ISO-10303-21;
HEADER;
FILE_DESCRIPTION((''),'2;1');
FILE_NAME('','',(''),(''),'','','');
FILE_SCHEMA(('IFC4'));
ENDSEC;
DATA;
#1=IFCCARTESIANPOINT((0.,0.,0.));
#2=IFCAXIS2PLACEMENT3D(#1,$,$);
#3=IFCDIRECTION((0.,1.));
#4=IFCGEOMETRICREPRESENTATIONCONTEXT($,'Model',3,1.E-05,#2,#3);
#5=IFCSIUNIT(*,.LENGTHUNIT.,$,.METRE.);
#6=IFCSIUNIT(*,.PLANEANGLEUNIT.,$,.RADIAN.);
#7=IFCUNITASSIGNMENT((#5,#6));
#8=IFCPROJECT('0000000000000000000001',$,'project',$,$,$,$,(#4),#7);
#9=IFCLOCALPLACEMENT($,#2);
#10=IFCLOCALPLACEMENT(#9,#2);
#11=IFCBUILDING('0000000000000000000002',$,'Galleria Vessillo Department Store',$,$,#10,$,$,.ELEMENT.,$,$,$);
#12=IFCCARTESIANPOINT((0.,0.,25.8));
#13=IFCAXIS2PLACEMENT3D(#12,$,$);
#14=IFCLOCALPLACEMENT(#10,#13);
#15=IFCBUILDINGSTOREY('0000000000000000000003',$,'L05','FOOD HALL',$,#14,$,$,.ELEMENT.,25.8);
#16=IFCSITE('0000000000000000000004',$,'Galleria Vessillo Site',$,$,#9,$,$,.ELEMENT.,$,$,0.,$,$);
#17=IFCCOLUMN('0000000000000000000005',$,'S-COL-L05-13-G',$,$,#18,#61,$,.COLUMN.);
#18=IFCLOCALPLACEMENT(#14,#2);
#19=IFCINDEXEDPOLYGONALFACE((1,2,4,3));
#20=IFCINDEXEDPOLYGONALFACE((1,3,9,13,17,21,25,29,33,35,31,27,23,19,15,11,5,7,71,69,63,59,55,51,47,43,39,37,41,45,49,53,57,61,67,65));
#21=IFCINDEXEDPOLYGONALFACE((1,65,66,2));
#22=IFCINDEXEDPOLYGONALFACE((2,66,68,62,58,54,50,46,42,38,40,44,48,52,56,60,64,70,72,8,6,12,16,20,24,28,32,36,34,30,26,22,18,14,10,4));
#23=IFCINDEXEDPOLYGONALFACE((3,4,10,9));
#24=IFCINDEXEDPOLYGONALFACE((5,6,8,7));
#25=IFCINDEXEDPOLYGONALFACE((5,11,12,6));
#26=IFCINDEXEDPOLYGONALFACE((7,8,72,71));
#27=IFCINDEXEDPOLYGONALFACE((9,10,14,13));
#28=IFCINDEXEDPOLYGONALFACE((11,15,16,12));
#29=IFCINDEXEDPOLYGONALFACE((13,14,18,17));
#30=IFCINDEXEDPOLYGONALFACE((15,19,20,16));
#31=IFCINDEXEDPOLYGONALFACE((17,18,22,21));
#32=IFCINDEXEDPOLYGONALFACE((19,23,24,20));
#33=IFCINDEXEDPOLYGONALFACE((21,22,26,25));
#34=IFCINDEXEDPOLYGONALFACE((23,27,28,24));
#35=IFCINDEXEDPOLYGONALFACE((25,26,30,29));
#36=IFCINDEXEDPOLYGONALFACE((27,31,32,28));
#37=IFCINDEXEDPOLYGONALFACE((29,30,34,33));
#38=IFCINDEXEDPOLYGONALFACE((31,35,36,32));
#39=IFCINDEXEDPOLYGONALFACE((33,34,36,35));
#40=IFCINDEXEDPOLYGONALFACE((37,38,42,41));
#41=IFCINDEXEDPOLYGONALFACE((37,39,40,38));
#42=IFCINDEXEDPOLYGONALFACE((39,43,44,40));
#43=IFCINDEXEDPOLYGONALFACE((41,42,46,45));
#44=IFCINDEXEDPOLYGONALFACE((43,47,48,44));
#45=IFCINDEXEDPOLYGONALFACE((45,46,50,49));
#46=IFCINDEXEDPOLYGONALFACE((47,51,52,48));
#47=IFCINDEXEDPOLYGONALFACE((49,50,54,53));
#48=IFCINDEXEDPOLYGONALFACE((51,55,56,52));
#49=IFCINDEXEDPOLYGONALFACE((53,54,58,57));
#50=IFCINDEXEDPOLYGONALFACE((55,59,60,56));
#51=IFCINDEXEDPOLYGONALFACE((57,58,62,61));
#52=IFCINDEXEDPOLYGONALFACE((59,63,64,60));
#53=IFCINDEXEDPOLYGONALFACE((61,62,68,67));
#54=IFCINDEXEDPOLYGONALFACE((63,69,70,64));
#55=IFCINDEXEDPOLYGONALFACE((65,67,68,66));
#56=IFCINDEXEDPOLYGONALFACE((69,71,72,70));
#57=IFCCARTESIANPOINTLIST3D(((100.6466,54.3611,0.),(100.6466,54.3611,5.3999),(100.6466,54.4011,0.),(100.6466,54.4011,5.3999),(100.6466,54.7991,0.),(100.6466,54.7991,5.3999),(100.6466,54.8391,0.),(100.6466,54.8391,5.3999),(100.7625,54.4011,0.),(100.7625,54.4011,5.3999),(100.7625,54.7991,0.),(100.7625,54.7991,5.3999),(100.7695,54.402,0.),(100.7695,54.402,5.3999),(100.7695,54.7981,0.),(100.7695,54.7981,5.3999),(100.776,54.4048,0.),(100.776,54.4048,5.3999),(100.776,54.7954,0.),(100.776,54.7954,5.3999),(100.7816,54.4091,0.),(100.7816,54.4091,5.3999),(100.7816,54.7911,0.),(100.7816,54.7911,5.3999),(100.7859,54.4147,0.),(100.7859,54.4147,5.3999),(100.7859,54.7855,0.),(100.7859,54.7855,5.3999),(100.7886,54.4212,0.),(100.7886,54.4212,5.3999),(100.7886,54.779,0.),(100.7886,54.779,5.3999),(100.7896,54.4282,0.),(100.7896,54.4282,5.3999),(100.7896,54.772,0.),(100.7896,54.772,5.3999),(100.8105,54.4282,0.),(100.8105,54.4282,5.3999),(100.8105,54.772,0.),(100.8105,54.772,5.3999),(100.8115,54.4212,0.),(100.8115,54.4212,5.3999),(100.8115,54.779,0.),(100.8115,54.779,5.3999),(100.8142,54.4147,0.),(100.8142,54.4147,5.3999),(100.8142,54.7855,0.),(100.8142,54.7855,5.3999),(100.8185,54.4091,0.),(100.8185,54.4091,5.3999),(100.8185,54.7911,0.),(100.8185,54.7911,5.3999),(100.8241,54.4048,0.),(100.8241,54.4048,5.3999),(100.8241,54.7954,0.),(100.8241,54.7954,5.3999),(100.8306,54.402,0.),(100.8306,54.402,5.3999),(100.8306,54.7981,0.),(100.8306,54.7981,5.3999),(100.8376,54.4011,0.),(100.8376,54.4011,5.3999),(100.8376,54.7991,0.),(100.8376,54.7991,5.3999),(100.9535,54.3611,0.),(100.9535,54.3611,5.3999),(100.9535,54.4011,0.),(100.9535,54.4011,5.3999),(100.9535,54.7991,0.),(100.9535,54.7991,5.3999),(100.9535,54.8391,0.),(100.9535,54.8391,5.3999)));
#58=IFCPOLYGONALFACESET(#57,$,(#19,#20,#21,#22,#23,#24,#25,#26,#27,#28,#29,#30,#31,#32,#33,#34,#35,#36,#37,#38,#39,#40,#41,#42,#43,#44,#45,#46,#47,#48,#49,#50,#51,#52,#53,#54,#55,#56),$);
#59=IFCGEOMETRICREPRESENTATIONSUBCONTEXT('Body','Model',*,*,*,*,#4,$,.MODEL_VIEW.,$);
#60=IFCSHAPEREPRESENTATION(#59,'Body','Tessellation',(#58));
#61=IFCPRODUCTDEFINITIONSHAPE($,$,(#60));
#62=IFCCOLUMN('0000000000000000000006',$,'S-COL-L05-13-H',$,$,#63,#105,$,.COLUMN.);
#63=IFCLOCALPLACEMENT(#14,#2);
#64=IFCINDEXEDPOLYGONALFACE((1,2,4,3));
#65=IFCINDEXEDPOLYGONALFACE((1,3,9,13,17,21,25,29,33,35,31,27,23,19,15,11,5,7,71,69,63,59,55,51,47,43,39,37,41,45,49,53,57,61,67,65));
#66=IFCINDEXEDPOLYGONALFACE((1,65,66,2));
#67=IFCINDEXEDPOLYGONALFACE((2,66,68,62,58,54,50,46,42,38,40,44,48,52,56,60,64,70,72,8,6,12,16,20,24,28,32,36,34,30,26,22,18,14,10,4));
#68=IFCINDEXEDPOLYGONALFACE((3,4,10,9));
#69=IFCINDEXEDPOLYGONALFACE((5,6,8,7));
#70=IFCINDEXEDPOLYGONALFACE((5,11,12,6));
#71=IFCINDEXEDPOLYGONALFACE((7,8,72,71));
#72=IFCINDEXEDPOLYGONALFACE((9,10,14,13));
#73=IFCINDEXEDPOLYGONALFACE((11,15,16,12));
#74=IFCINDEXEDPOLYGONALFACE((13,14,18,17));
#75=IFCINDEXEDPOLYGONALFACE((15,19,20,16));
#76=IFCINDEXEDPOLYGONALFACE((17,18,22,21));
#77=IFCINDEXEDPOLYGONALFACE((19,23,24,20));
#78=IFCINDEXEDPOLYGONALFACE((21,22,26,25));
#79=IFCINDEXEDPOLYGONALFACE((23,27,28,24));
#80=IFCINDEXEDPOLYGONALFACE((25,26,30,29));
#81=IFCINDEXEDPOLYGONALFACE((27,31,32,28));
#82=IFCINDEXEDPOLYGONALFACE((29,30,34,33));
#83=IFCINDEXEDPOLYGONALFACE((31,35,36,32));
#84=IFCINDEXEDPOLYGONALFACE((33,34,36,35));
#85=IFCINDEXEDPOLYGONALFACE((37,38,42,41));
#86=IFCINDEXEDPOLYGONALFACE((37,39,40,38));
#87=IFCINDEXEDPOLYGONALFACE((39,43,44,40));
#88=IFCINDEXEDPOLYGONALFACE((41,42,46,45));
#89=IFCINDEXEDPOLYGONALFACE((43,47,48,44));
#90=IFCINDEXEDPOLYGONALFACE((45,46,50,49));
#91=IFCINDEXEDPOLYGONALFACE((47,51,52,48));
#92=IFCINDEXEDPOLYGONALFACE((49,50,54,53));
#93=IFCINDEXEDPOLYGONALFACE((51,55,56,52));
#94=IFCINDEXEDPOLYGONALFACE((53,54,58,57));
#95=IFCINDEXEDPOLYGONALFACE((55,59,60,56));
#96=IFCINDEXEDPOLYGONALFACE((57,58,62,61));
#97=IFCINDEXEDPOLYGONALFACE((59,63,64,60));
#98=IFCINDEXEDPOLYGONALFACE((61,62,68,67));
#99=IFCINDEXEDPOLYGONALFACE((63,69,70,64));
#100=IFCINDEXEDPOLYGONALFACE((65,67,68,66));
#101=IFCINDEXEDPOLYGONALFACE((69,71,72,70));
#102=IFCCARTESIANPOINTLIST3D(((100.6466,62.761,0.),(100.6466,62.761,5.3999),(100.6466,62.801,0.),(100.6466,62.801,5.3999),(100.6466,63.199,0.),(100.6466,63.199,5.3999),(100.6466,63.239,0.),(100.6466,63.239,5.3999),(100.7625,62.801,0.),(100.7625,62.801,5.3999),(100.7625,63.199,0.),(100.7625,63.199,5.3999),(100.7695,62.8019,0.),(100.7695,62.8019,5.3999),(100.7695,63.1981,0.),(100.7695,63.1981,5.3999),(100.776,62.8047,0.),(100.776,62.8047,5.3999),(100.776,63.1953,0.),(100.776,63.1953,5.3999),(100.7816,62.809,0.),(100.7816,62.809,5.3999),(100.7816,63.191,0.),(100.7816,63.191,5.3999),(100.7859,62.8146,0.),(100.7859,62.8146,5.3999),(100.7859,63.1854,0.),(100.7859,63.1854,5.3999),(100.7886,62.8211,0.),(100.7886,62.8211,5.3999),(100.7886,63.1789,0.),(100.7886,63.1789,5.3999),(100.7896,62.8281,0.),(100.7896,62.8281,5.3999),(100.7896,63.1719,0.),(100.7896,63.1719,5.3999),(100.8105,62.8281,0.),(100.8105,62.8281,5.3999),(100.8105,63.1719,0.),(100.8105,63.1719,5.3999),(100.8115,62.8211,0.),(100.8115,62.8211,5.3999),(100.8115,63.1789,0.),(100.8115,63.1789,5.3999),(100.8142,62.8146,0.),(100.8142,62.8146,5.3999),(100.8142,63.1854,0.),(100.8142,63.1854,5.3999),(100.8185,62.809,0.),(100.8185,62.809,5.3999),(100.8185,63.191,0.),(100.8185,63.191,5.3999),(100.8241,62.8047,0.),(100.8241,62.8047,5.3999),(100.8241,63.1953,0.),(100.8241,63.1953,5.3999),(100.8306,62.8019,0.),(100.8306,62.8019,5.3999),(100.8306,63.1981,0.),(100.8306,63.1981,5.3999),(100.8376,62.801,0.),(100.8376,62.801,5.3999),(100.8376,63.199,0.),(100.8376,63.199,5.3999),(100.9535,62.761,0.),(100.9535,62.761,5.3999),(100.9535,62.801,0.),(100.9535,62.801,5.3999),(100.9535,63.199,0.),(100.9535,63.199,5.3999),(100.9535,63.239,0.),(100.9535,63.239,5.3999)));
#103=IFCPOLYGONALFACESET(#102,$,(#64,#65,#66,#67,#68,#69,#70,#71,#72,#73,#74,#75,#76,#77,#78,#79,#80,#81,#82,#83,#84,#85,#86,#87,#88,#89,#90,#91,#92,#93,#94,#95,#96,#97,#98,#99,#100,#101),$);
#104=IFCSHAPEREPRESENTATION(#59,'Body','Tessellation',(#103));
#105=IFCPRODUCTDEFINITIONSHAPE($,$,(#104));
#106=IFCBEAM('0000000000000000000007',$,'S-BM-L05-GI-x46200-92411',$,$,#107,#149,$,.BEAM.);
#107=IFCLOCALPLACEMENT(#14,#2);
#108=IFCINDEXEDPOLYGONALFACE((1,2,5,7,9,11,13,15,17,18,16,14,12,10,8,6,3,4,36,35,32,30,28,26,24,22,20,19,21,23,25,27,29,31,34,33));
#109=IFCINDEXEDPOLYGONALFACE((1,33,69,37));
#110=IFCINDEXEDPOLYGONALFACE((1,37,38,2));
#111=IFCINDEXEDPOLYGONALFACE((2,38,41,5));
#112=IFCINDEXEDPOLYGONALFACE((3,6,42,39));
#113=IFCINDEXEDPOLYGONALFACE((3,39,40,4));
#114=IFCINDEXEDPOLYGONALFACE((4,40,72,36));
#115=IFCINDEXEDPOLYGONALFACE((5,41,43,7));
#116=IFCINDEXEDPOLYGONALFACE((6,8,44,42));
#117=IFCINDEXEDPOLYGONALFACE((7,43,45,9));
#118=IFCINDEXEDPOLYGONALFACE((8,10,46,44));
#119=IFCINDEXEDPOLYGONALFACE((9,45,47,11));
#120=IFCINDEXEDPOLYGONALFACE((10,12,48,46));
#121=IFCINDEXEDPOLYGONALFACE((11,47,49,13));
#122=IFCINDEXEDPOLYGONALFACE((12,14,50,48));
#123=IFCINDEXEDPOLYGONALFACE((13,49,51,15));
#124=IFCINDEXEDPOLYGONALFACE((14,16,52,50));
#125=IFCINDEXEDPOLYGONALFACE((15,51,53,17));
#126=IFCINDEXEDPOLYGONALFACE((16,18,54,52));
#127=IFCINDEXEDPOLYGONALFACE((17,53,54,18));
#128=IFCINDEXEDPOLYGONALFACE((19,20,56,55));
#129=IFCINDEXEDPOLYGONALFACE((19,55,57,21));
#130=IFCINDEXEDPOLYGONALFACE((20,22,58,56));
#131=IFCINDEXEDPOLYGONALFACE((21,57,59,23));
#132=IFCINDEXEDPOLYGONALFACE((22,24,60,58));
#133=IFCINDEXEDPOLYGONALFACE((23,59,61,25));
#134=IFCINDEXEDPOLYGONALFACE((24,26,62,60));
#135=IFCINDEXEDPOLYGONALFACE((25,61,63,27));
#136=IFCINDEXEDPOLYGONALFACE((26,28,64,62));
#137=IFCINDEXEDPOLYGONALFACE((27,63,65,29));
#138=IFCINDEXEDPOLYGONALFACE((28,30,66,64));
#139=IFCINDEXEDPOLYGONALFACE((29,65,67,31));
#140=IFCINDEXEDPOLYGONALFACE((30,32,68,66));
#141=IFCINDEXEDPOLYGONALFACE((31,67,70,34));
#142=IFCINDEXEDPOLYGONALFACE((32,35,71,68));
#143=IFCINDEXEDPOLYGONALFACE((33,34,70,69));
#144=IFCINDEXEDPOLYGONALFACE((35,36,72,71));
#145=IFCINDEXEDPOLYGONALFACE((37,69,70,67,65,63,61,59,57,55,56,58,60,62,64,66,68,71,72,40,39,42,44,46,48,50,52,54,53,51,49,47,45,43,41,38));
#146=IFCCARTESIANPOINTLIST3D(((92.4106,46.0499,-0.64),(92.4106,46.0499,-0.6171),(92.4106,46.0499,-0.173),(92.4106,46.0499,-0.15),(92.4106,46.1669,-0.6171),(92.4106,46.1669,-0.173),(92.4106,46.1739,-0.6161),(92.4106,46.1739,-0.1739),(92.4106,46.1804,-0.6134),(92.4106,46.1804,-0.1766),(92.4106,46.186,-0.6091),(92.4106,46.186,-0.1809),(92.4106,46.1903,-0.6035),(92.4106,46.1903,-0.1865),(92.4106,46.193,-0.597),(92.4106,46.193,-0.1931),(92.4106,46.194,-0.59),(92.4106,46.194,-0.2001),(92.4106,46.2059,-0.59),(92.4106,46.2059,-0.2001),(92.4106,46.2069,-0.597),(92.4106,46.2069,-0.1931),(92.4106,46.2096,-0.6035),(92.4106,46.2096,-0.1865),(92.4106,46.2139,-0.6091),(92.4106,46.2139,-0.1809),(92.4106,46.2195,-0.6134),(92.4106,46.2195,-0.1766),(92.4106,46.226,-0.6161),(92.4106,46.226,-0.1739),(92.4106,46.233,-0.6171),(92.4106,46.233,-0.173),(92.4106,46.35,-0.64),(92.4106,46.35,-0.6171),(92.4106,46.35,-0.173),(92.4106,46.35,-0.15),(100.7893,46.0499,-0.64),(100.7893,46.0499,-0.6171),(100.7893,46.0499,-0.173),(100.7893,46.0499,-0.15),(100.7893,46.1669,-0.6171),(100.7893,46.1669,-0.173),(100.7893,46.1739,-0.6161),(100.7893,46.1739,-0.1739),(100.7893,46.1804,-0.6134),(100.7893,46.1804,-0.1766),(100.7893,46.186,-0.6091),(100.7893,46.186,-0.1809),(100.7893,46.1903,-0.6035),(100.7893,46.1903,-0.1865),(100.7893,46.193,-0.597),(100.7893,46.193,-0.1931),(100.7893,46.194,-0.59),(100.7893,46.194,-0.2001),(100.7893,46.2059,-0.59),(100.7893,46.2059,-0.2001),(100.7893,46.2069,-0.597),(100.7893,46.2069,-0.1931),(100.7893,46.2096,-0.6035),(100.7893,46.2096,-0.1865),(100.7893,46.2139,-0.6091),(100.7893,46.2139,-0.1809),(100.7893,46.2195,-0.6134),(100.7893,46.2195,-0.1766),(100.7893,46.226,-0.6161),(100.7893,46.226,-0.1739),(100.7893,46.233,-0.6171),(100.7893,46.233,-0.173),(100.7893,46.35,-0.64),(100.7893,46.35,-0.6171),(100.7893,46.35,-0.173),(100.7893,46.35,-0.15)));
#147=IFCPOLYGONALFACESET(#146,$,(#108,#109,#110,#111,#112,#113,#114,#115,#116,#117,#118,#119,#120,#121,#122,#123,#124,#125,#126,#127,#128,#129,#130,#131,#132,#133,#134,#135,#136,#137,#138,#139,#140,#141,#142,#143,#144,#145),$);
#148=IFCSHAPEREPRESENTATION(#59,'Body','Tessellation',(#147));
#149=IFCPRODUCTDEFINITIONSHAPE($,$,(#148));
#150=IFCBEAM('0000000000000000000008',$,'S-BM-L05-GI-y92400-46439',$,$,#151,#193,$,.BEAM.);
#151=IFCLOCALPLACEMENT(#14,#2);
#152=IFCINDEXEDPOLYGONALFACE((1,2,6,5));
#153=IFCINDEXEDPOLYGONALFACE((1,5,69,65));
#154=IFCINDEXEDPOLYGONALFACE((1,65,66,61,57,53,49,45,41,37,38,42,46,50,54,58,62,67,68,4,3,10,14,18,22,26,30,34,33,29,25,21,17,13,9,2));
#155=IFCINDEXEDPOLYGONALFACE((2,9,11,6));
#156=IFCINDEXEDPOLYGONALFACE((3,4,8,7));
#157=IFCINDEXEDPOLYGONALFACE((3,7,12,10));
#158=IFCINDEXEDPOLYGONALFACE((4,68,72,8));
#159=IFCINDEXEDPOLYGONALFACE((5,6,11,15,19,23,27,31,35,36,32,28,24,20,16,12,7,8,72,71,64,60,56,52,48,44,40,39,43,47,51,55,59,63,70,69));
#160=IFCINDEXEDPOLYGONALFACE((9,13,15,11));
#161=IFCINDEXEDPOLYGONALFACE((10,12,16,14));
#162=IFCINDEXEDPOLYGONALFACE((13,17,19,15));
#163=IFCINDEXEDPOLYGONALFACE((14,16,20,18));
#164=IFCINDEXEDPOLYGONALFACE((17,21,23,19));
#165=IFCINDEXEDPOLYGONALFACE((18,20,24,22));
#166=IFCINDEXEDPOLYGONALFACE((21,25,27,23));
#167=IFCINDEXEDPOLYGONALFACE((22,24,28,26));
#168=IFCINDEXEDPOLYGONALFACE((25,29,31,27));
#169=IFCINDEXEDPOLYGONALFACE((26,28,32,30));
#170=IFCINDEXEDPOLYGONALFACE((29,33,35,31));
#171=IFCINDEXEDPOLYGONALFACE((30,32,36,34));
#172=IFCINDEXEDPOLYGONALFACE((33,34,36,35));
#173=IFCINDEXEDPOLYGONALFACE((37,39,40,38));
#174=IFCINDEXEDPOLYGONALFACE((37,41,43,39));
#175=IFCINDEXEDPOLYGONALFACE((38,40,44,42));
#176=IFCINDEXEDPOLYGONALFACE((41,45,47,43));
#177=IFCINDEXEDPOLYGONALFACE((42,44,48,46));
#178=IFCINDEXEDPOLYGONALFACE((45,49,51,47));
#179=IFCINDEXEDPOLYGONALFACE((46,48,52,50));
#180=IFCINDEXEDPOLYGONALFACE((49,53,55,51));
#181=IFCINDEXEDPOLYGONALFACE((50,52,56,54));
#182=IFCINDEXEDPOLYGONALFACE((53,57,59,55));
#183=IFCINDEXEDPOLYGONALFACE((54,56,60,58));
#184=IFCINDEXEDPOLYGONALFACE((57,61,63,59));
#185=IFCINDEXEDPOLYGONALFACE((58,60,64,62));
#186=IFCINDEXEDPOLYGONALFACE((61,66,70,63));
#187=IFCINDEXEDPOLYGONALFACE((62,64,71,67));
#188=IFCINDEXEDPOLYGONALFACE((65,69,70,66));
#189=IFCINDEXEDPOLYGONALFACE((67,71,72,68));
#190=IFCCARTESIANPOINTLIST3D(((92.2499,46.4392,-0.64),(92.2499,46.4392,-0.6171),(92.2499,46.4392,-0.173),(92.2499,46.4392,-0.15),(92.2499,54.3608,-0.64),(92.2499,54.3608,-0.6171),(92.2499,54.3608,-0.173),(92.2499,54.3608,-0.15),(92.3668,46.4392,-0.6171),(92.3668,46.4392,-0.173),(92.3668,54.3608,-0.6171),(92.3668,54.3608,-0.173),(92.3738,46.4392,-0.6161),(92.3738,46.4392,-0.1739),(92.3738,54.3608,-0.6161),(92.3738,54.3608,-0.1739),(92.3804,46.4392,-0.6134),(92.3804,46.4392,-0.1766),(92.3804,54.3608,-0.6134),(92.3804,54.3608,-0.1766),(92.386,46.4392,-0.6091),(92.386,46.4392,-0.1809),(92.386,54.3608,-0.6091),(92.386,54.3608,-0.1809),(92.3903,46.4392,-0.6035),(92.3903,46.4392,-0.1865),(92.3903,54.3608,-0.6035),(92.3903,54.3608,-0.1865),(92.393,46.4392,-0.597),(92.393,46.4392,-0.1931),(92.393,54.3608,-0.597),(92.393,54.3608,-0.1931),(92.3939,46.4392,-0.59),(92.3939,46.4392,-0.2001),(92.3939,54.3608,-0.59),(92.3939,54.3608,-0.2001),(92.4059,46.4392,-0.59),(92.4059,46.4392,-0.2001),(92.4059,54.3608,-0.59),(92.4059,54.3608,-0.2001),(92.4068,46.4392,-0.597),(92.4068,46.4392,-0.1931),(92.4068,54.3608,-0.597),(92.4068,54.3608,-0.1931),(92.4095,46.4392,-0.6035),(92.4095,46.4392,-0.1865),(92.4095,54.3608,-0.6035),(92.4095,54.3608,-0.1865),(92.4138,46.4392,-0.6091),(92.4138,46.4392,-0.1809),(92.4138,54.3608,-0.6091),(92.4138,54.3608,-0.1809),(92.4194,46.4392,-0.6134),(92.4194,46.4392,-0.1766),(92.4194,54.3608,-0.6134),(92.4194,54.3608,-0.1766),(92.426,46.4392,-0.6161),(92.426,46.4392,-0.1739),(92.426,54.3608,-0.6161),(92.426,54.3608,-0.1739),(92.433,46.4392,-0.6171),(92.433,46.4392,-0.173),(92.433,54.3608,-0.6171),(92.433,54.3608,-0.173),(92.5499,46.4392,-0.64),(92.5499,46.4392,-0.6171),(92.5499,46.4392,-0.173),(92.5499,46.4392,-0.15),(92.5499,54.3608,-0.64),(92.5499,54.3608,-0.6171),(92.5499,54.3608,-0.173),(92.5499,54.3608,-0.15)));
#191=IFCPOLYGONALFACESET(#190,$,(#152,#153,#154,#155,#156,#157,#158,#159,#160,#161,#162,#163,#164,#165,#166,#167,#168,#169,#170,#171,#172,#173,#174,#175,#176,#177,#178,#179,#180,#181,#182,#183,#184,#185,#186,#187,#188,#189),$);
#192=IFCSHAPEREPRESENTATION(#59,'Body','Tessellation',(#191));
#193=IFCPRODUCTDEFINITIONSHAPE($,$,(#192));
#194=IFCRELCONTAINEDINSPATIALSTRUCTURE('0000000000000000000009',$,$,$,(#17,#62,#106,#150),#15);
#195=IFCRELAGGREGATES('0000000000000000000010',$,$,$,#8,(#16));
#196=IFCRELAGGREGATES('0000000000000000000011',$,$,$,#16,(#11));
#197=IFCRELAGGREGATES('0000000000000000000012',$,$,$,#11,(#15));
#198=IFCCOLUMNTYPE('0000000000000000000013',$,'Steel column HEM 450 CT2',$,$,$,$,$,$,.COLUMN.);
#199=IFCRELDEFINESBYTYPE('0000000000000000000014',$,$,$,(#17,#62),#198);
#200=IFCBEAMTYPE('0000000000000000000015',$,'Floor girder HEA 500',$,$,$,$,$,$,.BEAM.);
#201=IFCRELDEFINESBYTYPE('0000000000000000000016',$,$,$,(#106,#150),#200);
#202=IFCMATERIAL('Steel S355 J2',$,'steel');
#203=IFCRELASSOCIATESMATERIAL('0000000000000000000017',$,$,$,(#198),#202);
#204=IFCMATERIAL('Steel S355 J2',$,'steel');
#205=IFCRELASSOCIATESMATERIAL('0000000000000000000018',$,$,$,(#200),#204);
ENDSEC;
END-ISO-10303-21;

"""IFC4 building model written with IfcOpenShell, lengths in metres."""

from ifc_helpers import new_model, si_unit, direction, frame, origin, origin_2d, place, context, subcontext, project, spatial, i_section, extrude, material, material_profile, profile_set, type_object, element, save


model = new_model("IFC4")

# Units and contexts
model_context = context("Model", 3, precision=1e-05, world=origin(), true_north=direction((0.0, 1.0)))
body_context = subcontext(model_context, "Body", "Model", "MODEL_VIEW")
ifc_project = project(units=[si_unit("LENGTHUNIT", "METRE"), si_unit("PLANEANGLEUNIT", "RADIAN")], contexts=[model_context])

# Site, building, storey
site_placement = place(None, origin())
site = spatial("IfcSite", under=ifc_project, at=site_placement, Name="Galleria Vessillo Site", CompositionType="ELEMENT", RefElevation=0.0)
building_placement = place(site_placement, origin())
building = spatial("IfcBuilding", under=site, at=building_placement, Name="Galleria Vessillo Department Store", CompositionType="ELEMENT")
storey_placement = place(building_placement, frame((0.0, 0.0, 25.8)))
storey = spatial("IfcBuildingStorey", under=building, at=storey_placement, Name="L05", Description="FOOD HALL", CompositionType="ELEMENT", Elevation=25.8)

# Columns
ifc_material_1 = material(Name="Steel S355 J2", Category="steel")
ifc_material_profile_1 = material_profile(ifc_material_1, i_section(OverallWidth=0.3069, OverallDepth=0.478, WebThickness=0.021, FlangeThickness=0.04, FilletRadius=0.0271, at=origin_2d()), Name="HEM 450")
ifc_profile_set_1 = profile_set([ifc_material_profile_1], Name="Steel S355 J2")
column_type = type_object("IfcColumnType", Name="Steel column HEM 450 CT2", PredefinedType="COLUMN", material=ifc_profile_set_1)
for number, where, z_axis, x_axis, name in (
    (1, (100.8, 54.6001, 0.0), (0.0, 0.0, 1.0), (1.0, 0.0, 0.0), "S-COL-L05-13-G"),
    (2, (100.8, 63.0, 0.0), (0.0, 0.0, 1.0), (1.0, 0.0, 0.0), "S-COL-L05-13-H"),
):
    element("IfcColumn", number, at=place(storey_placement, frame(where, z_axis=z_axis, x_axis=x_axis)), inside=storey, type_object=column_type, Name=name, PredefinedType="COLUMN", context=body_context, shape_type="SweptSolid", body=[
        extrude(i_section(OverallWidth=0.3069, OverallDepth=0.478, WebThickness=0.021, FlangeThickness=0.04, FilletRadius=0.0271, at=origin_2d()), origin(), (0.0, 0.0, 1.0), 5.3999),
    ])

# Beams
ifc_material_2 = material(Name="Steel S355 J2", Category="steel")
ifc_material_profile_2 = material_profile(ifc_material_2, i_section(OverallWidth=0.3, OverallDepth=0.49, WebThickness=0.012, FlangeThickness=0.0229, FilletRadius=0.0271, at=origin_2d()), Name="HEA 500")
ifc_profile_set_2 = profile_set([ifc_material_profile_2], Name="Steel S355 J2")
beam_type_1 = type_object("IfcBeamType", Name="Floor girder HEA 500", PredefinedType="BEAM", material=ifc_profile_set_2)
beam_1_placement = place(storey_placement, frame((92.4106, 46.2, -0.395), z_axis=(1.0, 0.0, 0.0), x_axis=(0.0, 1.0, 0.0)))
element("IfcBeam", 3, at=beam_1_placement, inside=storey, type_object=beam_type_1, Name="S-BM-L05-GI-x46200-92411", PredefinedType="BEAM", context=body_context, shape_type="SweptSolid", body=[
    extrude(i_section(OverallWidth=0.3, OverallDepth=0.49, WebThickness=0.012, FlangeThickness=0.0229, FilletRadius=0.0271, at=origin_2d()), origin(), (0.0, 0.0, 1.0), 8.3787),
])
beam_2_placement = place(storey_placement, frame((92.3999, 46.4392, -0.395), z_axis=(0.0, 1.0, 0.0), x_axis=(-1.0, 0.0, 0.0)))
element("IfcBeam", 4, at=beam_2_placement, inside=storey, type_object=beam_type_1, Name="S-BM-L05-GI-y92400-46439", PredefinedType="BEAM", context=body_context, shape_type="SweptSolid", body=[
    extrude(i_section(OverallWidth=0.3, OverallDepth=0.49, WebThickness=0.012, FlangeThickness=0.0229, FilletRadius=0.0271, at=origin_2d()), origin(), (0.0, 0.0, 1.0), 7.9216),
])

save(model, "model.ifc")
